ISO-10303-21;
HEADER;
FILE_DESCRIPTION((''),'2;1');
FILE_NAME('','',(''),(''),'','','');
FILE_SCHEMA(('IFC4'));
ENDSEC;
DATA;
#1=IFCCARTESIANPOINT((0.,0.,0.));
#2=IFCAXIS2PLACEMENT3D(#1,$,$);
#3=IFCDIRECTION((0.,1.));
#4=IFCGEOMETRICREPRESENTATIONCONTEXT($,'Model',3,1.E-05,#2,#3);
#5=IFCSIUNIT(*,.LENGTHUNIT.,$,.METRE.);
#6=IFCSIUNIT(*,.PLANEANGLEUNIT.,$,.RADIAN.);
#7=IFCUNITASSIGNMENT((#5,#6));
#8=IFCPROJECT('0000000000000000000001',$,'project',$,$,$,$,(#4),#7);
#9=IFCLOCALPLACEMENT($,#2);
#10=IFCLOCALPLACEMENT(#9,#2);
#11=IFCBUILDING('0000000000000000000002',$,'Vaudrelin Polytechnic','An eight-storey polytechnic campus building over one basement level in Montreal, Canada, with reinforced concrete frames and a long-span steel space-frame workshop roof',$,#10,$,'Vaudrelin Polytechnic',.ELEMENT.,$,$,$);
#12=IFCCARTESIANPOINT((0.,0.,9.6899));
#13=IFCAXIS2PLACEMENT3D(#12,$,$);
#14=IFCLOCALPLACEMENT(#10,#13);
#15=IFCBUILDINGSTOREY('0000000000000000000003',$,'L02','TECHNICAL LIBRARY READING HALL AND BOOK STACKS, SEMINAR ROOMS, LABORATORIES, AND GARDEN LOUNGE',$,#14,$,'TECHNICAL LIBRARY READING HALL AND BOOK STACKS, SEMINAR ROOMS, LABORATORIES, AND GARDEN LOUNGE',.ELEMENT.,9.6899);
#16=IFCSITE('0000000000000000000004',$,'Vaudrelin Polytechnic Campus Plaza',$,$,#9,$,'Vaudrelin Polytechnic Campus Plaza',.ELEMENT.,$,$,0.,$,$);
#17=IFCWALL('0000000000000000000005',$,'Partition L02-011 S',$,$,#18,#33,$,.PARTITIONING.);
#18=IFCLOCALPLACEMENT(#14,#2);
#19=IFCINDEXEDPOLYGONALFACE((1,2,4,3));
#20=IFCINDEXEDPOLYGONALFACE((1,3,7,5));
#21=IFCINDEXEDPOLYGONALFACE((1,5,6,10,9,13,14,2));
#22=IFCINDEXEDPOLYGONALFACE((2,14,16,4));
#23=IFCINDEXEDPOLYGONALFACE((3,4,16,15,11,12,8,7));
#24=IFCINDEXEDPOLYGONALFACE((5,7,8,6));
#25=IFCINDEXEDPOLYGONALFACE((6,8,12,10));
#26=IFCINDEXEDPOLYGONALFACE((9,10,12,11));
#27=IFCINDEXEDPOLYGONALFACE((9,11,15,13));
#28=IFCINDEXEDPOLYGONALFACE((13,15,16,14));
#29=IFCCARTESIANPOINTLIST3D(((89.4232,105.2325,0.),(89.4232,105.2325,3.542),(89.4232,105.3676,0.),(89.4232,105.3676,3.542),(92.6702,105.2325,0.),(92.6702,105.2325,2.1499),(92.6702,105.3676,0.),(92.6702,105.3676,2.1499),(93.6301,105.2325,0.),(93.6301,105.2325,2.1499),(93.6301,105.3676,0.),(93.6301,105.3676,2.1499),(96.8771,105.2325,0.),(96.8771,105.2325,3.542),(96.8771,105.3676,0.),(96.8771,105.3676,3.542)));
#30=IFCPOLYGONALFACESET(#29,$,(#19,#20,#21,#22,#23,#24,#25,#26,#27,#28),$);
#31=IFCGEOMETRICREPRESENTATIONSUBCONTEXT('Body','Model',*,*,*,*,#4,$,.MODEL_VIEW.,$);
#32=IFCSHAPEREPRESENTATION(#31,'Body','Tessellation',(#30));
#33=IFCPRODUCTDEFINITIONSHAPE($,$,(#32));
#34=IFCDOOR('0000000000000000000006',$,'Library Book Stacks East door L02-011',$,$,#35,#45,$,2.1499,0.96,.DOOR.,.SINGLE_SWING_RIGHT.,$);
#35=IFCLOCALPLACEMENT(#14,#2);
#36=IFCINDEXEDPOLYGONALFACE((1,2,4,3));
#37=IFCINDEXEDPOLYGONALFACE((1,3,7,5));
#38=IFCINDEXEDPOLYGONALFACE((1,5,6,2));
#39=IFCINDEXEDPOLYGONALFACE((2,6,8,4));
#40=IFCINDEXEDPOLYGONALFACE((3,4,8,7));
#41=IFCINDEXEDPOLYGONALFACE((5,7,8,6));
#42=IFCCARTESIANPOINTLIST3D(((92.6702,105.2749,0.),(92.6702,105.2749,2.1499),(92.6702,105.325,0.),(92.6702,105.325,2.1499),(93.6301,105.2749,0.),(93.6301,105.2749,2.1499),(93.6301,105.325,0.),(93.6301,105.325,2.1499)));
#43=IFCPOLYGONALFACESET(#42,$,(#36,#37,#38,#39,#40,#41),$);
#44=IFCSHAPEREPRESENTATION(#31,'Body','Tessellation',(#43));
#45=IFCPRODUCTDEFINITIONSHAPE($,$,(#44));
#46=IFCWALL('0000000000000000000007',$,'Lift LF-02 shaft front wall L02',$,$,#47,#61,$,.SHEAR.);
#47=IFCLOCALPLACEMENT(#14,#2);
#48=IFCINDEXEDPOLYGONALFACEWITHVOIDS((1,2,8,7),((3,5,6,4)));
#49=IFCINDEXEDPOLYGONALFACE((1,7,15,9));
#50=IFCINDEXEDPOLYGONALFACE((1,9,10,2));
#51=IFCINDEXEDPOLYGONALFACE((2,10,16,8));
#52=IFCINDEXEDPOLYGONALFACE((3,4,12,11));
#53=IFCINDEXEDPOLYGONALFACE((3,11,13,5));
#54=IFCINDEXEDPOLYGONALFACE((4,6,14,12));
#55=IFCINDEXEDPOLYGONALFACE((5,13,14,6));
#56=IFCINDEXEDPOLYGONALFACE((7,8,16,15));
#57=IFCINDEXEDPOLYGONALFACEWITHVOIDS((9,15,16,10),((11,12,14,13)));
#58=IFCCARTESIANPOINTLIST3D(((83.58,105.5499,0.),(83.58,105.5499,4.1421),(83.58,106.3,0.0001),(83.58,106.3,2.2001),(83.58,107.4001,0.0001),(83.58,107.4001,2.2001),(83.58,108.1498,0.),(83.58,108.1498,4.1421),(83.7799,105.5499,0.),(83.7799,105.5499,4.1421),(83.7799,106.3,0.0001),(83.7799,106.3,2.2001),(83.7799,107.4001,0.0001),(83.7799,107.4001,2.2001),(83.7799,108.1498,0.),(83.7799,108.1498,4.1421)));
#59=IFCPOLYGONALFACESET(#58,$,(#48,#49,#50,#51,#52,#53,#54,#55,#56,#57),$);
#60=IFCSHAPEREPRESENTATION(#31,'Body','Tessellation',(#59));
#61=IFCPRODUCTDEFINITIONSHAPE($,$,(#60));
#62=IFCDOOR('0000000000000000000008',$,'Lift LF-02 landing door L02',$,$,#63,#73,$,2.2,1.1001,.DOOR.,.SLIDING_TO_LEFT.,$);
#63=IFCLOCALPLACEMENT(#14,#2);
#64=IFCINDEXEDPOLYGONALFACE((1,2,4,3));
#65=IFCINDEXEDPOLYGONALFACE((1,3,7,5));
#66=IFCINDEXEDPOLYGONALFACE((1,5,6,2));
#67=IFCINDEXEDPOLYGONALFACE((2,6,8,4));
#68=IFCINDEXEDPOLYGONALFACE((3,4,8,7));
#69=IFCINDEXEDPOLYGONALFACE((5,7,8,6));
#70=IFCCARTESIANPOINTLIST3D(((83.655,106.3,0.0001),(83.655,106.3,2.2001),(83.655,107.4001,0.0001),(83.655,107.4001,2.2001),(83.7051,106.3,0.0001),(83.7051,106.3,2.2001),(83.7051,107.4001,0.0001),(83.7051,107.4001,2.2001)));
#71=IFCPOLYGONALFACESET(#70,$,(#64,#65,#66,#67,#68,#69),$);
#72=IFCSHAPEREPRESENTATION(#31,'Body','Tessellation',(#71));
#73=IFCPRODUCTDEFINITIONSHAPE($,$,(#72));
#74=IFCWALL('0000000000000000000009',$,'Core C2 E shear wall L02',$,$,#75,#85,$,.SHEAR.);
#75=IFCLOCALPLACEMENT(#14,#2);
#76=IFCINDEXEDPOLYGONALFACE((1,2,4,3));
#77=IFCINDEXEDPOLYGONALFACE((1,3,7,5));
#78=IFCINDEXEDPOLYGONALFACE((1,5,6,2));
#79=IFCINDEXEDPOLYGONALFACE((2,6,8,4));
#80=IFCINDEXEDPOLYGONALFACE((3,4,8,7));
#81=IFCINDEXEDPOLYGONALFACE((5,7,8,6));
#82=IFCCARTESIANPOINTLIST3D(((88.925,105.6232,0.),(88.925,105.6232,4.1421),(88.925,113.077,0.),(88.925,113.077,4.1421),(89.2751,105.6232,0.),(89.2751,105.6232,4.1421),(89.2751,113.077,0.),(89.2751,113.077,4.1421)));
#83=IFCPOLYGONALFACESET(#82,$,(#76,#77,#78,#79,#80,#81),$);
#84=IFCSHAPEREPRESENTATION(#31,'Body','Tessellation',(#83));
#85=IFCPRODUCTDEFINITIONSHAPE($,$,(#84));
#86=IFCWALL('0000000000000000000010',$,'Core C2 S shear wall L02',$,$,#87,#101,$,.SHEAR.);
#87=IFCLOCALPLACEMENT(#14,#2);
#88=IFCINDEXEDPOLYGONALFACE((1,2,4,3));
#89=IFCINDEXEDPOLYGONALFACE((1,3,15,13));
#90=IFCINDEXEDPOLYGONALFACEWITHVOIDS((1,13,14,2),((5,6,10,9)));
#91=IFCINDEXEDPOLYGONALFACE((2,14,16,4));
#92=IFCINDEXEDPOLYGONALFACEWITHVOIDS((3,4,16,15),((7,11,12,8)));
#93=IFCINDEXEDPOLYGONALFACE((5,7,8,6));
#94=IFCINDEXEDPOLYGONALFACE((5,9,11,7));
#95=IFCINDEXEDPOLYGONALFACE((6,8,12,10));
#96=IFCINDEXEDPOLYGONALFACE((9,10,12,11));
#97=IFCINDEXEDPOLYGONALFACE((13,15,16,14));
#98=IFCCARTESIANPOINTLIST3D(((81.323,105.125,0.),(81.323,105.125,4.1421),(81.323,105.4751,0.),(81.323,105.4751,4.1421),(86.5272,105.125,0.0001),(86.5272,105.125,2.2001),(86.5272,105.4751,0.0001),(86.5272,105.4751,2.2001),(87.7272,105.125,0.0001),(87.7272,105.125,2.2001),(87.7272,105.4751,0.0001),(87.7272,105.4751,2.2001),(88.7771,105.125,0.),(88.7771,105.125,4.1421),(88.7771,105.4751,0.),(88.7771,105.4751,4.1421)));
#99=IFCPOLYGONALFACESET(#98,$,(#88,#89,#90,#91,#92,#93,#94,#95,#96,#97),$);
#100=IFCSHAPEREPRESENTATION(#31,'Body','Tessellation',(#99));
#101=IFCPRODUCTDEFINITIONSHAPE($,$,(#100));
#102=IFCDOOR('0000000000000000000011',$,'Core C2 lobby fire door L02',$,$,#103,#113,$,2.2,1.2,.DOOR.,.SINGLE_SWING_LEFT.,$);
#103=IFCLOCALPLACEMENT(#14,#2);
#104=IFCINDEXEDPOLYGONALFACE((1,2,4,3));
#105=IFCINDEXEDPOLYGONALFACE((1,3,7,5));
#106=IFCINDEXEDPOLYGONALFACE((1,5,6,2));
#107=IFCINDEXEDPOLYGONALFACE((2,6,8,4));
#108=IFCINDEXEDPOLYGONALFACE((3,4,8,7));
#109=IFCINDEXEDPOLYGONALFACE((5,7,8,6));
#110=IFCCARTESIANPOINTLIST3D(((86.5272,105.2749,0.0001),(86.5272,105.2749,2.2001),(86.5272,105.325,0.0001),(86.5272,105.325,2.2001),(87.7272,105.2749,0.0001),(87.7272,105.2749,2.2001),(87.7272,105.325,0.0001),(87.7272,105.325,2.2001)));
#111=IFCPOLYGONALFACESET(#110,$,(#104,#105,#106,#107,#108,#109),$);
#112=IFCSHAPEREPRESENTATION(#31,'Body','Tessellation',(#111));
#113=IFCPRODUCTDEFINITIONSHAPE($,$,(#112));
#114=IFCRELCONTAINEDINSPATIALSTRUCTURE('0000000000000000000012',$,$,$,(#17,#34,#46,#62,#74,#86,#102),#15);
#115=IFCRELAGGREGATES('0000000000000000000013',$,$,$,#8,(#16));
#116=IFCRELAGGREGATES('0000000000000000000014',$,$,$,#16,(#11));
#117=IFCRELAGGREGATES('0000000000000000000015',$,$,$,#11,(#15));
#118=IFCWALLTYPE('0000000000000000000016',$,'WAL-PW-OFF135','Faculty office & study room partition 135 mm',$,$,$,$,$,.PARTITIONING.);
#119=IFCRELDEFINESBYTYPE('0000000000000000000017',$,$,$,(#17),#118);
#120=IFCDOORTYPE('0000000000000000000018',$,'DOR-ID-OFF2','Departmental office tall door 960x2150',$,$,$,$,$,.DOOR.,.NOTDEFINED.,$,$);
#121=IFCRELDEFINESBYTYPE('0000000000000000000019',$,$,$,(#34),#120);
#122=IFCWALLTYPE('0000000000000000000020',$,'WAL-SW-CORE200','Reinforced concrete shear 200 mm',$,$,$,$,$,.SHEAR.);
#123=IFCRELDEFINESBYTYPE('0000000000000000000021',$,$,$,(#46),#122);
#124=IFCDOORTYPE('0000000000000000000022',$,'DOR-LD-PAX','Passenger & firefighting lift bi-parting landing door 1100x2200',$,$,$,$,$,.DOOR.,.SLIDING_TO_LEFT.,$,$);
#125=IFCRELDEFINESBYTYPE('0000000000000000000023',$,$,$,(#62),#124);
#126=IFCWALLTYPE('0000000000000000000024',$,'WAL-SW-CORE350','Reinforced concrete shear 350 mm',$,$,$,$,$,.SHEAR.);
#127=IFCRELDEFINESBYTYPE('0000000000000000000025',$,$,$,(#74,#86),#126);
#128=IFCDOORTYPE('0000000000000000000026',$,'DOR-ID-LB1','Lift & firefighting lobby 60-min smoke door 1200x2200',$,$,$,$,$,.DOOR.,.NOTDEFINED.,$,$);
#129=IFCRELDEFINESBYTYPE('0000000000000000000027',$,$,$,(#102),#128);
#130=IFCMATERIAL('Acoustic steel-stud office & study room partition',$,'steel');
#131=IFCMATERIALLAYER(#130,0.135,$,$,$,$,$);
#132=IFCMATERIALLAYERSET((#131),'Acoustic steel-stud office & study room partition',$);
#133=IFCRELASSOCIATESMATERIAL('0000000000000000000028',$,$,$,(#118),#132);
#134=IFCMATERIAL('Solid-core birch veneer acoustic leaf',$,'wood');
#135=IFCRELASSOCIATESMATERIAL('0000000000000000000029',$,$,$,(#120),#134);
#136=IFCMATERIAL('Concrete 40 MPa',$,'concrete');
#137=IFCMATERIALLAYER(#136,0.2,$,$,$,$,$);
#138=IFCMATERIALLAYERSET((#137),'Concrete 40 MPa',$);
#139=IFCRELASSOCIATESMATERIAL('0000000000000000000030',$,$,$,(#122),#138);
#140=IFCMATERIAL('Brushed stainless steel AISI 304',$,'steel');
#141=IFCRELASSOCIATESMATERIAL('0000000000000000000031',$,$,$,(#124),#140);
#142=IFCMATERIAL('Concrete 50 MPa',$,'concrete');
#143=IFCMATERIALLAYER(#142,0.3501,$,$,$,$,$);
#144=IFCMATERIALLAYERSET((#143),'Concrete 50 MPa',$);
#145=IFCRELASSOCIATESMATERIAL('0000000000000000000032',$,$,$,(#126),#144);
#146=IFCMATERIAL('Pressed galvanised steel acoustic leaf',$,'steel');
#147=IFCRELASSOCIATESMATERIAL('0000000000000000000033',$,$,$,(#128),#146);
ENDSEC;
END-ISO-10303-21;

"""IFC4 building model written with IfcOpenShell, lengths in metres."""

from ifc_helpers import new_model, si_unit, direction, frame, frame_2d, origin, place, context, subcontext, project, spatial, rectangle, extrude, material, layer, layer_set, type_object, element, fill, save


model = new_model("IFC4")

# Units and contexts
model_context = context("Model", 3, precision=1e-05, world=origin(), true_north=direction((0.0, 1.0)))
body_context = subcontext(model_context, "Body", "Model", "MODEL_VIEW")
ifc_project = project(units=[si_unit("LENGTHUNIT", "METRE"), si_unit("PLANEANGLEUNIT", "RADIAN")], contexts=[model_context])

# Site, building, storey
site_placement = place(None, origin())
site = spatial("IfcSite", under=ifc_project, at=site_placement, Name="Vaudrelin Polytechnic Campus Plaza", LongName="Vaudrelin Polytechnic Campus Plaza", CompositionType="ELEMENT", RefElevation=0.0)
building_placement = place(site_placement, origin())
building = spatial("IfcBuilding", under=site, at=building_placement, Name="Vaudrelin Polytechnic", Description="An eight-storey polytechnic campus building over one basement level in Montreal, Canada, with reinforced concrete frames and a long-span steel space-frame workshop roof", LongName="Vaudrelin Polytechnic", CompositionType="ELEMENT")
storey_placement = place(building_placement, frame((0.0, 0.0, 9.6899)))
storey = spatial("IfcBuildingStorey", under=building, at=storey_placement, Name="L02", Description="TECHNICAL LIBRARY READING HALL AND BOOK STACKS, SEMINAR ROOMS, LABORATORIES, AND GARDEN LOUNGE", LongName="TECHNICAL LIBRARY READING HALL AND BOOK STACKS, SEMINAR ROOMS, LABORATORIES, AND GARDEN LOUNGE", CompositionType="ELEMENT", Elevation=9.6899)

# Shared definitions
ifc_material_1 = material(Name="Concrete 40 MPa", Category="concrete")

# Walls, openings, doors
ifc_material_2 = material(Name="Pressed galvanised steel acoustic leaf", Category="steel")
ifc_material_3 = material(Name="Acoustic steel-stud office & study room partition", Category="steel")
ifc_layer_1 = layer(ifc_material_3, 0.135)
ifc_layer_set_1 = layer_set([ifc_layer_1], Name="Acoustic steel-stud office & study room partition")
wall_type_1 = type_object("IfcWallType", Name="WAL-PW-OFF135", Description="Faculty office & study room partition 135 mm", PredefinedType="PARTITIONING", material=ifc_layer_set_1)
wall_1_placement = place(storey_placement, frame((89.4231, 105.3, 0.0), z_axis=(0.0, 0.0, 1.0), x_axis=(1.0, 0.0, 0.0)))
wall_1 = element("IfcWall", 1, at=wall_1_placement, inside=storey, type_object=wall_type_1, Name="Partition L02-011 S", PredefinedType="PARTITIONING", context=body_context, shape_type="SweptSolid", body=[
    extrude(rectangle(XDim=7.4539, YDim=0.135, at=frame_2d((3.7271, 0.0))), origin(), (0.0, 0.0, 1.0), 3.542),
])
opening_1_placement = place(wall_1_placement, frame((3.2471, 0.0, 0.0)))
opening_1 = element("IfcOpeningElement", 2, at=opening_1_placement, cuts=wall_1, PredefinedType="OPENING", context=body_context, shape_type="SweptSolid", body=[
    extrude(rectangle(XDim=0.96, YDim=2.1499, at=frame_2d((0.48, 1.075))), frame((0.0, 0.0776, 0.0), z_axis=(0.0, -1.0, 0.0), x_axis=(1.0, 0.0, 0.0)), (0.0, 0.0, 1.0), 0.155),
])
ifc_material_4 = material(Name="Solid-core birch veneer acoustic leaf", Category="wood")
door_type_1 = type_object("IfcDoorType", Name="DOR-ID-OFF2", Description="Departmental office tall door 960x2150", OperationType="NOTDEFINED", PredefinedType="DOOR", material=ifc_material_4)
door_1_placement = place(opening_1_placement, origin())
door_1 = element("IfcDoor", 3, at=door_1_placement, inside=storey, type_object=door_type_1, Name="Library Book Stacks East door L02-011", OperationType="SINGLE_SWING_RIGHT", OverallHeight=2.1499, OverallWidth=0.96, PredefinedType="DOOR", context=body_context, shape_type="SweptSolid", body=[
    extrude(rectangle(XDim=0.96, YDim=2.1499, at=frame_2d((0.48, 1.075))), frame((0.0, 0.0249, 0.0), z_axis=(0.0, -1.0, 0.0), x_axis=(1.0, 0.0, 0.0)), (0.0, 0.0, 1.0), 0.05),
])
fill(opening_1, door_1)
ifc_layer_2 = layer(ifc_material_1, 0.2)
ifc_layer_set_2 = layer_set([ifc_layer_2], Name="Concrete 40 MPa")
wall_type_2 = type_object("IfcWallType", Name="WAL-SW-CORE200", Description="Reinforced concrete shear 200 mm", PredefinedType="SHEAR", material=ifc_layer_set_2)
wall_2_placement = place(storey_placement, frame((83.6799, 105.55, 0.0), z_axis=(0.0, 0.0, 1.0), x_axis=(0.0, 1.0, 0.0)))
wall_2 = element("IfcWall", 4, at=wall_2_placement, inside=storey, type_object=wall_type_2, Name="Lift LF-02 shaft front wall L02", PredefinedType="SHEAR", context=body_context, shape_type="SweptSolid", body=[
    extrude(rectangle(XDim=2.5999, YDim=0.2, at=frame_2d((1.2998, 0.0))), origin(), (0.0, 0.0, 1.0), 4.1421),
])
opening_2_placement = place(wall_2_placement, frame((0.75, 0.0, 0.0)))
opening_2 = element("IfcOpeningElement", 5, at=opening_2_placement, cuts=wall_2, PredefinedType="OPENING", context=body_context, shape_type="SweptSolid", body=[
    extrude(rectangle(XDim=1.1001, YDim=2.2, at=frame_2d((0.55, 1.1001))), frame((0.0, 0.1099, 0.0), z_axis=(0.0, -1.0, 0.0), x_axis=(1.0, 0.0, 0.0)), (0.0, 0.0, 1.0), 0.22),
])
ifc_material_5 = material(Name="Brushed stainless steel AISI 304", Category="steel")
door_type_2 = type_object("IfcDoorType", Name="DOR-LD-PAX", Description="Passenger & firefighting lift bi-parting landing door 1100x2200", OperationType="SLIDING_TO_LEFT", PredefinedType="DOOR", material=ifc_material_5)
door_2_placement = place(opening_2_placement, origin())
door_2 = element("IfcDoor", 6, at=door_2_placement, inside=storey, type_object=door_type_2, Name="Lift LF-02 landing door L02", OperationType="SLIDING_TO_LEFT", OverallHeight=2.2, OverallWidth=1.1001, PredefinedType="DOOR", context=body_context, shape_type="SweptSolid", body=[
    extrude(rectangle(XDim=1.1001, YDim=2.2, at=frame_2d((0.55, 1.1001))), frame((0.0, 0.0249, 0.0), z_axis=(0.0, -1.0, 0.0), x_axis=(1.0, 0.0, 0.0)), (0.0, 0.0, 1.0), 0.05),
])
fill(opening_2, door_2)

# Wall
ifc_material_6 = material(Name="Concrete 50 MPa", Category="concrete")
ifc_layer_3 = layer(ifc_material_6, 0.3501)
ifc_layer_set_3 = layer_set([ifc_layer_3], Name="Concrete 50 MPa")
wall_type_3 = type_object("IfcWallType", Name="WAL-SW-CORE350", Description="Reinforced concrete shear 350 mm", PredefinedType="SHEAR", material=ifc_layer_set_3)
wall_3_placement = place(storey_placement, frame((89.1001, 105.623, 0.0), z_axis=(0.0, 0.0, 1.0), x_axis=(0.0, 1.0, 0.0)))
element("IfcWall", 7, at=wall_3_placement, inside=storey, type_object=wall_type_3, Name="Core C2 E shear wall L02", PredefinedType="SHEAR", context=body_context, shape_type="SweptSolid", body=[
    extrude(rectangle(XDim=7.4539, YDim=0.3501, at=frame_2d((3.7271, 0.0))), origin(), (0.0, 0.0, 1.0), 4.1421),
])

# Wall, opening, door
wall_4_placement = place(storey_placement, frame((81.323, 105.3, 0.0), z_axis=(0.0, 0.0, 1.0), x_axis=(1.0, 0.0, 0.0)))
wall_4 = element("IfcWall", 8, at=wall_4_placement, inside=storey, type_object=wall_type_3, Name="Core C2 S shear wall L02", PredefinedType="SHEAR", context=body_context, shape_type="SweptSolid", body=[
    extrude(rectangle(XDim=7.4541, YDim=0.3501, at=frame_2d((3.7271, 0.0))), origin(), (0.0, 0.0, 1.0), 4.1421),
])
opening_3_placement = place(wall_4_placement, frame((5.2041, 0.0, 0.0)))
opening_3 = element("IfcOpeningElement", 9, at=opening_3_placement, cuts=wall_4, PredefinedType="OPENING", context=body_context, shape_type="SweptSolid", body=[
    extrude(rectangle(XDim=1.2, YDim=2.2, at=frame_2d((0.6001, 1.1001))), frame((0.0, 0.1851, 0.0), z_axis=(0.0, -1.0, 0.0), x_axis=(1.0, 0.0, 0.0)), (0.0, 0.0, 1.0), 0.3701),
])
door_type_3 = type_object("IfcDoorType", Name="DOR-ID-LB1", Description="Lift & firefighting lobby 60-min smoke door 1200x2200", OperationType="NOTDEFINED", PredefinedType="DOOR", material=ifc_material_2)
door_3_placement = place(opening_3_placement, origin())
door_3 = element("IfcDoor", 10, at=door_3_placement, inside=storey, type_object=door_type_3, Name="Core C2 lobby fire door L02", OperationType="SINGLE_SWING_LEFT", OverallHeight=2.2, OverallWidth=1.2, PredefinedType="DOOR", context=body_context, shape_type="SweptSolid", body=[
    extrude(rectangle(XDim=1.2, YDim=2.2, at=frame_2d((0.6001, 1.1001))), frame((0.0, 0.0249, 0.0), z_axis=(0.0, -1.0, 0.0), x_axis=(1.0, 0.0, 0.0)), (0.0, 0.0, 1.0), 0.05),
])
fill(opening_3, door_3)

save(model, "model.ifc")
